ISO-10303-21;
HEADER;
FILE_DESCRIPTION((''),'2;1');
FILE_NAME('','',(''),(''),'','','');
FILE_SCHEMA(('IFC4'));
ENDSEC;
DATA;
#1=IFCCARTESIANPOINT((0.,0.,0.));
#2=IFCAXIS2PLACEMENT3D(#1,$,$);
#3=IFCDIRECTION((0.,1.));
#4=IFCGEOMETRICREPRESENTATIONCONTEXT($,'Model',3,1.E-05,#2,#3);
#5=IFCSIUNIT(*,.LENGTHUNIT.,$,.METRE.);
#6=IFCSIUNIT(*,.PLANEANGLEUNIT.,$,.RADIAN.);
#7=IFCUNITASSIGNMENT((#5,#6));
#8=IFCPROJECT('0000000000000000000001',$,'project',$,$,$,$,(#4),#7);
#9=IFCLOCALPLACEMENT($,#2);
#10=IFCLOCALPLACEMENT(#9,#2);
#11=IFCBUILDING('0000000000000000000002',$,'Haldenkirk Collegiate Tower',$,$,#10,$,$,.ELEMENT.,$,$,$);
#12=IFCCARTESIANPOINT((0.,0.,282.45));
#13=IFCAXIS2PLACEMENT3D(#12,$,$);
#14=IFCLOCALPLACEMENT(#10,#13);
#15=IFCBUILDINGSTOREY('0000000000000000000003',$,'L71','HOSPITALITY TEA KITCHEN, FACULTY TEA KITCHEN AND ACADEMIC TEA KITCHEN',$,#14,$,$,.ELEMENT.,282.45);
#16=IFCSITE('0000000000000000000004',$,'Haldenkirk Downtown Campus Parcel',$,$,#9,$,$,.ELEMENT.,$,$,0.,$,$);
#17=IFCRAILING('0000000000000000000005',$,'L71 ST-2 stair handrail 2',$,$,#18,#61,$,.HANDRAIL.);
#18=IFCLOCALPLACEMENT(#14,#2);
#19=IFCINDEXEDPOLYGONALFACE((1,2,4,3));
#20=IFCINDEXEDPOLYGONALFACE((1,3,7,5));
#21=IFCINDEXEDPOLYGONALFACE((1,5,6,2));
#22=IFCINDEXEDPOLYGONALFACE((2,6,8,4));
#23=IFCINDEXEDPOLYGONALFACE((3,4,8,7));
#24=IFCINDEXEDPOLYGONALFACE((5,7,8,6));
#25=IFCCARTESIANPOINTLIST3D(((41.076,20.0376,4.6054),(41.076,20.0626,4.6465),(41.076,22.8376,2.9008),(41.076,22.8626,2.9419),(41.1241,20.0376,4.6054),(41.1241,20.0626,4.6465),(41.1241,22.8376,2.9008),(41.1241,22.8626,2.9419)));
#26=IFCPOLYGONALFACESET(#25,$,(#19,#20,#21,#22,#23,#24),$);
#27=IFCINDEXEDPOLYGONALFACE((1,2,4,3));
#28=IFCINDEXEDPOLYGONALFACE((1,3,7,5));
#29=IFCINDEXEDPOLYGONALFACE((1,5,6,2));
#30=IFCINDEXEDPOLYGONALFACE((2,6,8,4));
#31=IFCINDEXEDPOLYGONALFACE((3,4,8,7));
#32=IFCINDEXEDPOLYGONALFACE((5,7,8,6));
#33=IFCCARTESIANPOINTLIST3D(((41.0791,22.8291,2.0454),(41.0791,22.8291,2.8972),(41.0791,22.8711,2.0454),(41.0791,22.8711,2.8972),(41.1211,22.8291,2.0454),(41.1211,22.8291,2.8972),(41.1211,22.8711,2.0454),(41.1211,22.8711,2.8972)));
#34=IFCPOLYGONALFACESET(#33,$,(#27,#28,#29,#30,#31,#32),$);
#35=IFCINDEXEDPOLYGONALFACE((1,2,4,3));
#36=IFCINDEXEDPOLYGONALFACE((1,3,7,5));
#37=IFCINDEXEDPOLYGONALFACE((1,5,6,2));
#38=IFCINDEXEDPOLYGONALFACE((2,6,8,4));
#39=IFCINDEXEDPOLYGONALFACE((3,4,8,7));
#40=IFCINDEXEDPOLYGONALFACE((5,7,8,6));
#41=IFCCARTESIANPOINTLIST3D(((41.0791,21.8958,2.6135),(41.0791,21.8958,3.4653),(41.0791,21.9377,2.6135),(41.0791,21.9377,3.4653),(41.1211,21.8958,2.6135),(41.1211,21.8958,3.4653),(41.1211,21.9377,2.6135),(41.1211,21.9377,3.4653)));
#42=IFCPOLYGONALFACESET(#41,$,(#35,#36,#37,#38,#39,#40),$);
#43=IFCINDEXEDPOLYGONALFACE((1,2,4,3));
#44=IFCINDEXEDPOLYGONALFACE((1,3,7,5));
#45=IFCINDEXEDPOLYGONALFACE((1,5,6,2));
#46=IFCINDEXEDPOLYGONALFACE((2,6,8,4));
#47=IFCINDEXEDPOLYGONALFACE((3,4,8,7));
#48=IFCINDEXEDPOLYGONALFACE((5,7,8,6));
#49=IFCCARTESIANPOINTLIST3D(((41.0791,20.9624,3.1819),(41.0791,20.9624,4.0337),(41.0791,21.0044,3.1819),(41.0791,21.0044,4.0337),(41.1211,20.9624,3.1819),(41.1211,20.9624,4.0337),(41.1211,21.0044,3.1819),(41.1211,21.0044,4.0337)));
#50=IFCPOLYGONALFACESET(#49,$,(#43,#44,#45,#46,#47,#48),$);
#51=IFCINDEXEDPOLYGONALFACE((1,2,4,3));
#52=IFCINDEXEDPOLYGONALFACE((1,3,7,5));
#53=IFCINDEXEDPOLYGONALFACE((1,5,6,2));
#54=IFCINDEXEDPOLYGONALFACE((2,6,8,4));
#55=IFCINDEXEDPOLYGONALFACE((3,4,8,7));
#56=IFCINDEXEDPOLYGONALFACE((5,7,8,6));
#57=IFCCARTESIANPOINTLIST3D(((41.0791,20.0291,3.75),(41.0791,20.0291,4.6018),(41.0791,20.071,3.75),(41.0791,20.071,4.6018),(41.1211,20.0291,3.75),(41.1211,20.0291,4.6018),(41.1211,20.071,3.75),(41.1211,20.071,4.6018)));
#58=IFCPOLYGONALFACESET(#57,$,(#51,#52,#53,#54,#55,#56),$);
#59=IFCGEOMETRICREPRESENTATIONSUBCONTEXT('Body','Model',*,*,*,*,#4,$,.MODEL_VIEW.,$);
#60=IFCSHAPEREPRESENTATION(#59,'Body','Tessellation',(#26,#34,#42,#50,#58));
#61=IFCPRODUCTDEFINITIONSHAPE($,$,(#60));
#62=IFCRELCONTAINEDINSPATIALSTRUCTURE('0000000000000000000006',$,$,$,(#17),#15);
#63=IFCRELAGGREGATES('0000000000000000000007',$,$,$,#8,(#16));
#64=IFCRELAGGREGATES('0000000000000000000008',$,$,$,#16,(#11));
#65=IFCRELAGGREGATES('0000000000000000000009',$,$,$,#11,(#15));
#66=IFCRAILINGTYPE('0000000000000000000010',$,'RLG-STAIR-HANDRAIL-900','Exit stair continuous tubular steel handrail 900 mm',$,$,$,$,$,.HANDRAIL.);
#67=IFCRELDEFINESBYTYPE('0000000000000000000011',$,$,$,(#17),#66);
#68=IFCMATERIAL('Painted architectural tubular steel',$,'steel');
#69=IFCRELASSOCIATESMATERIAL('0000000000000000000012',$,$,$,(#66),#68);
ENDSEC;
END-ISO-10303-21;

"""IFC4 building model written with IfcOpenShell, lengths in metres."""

from ifc_helpers import new_model, si_unit, direction, frame, origin, origin_2d, place, context, subcontext, project, spatial, rectangle, extrude, material, type_object, element, save


model = new_model("IFC4")

# Units and contexts
model_context = context("Model", 3, precision=1e-05, world=origin(), true_north=direction((0.0, 1.0)))
body_context = subcontext(model_context, "Body", "Model", "MODEL_VIEW")
ifc_project = project(units=[si_unit("LENGTHUNIT", "METRE"), si_unit("PLANEANGLEUNIT", "RADIAN")], contexts=[model_context])

# Site, building, storey
site_placement = place(None, origin())
site = spatial("IfcSite", under=ifc_project, at=site_placement, Name="Haldenkirk Downtown Campus Parcel", CompositionType="ELEMENT", RefElevation=0.0)
building_placement = place(site_placement, origin())
building = spatial("IfcBuilding", under=site, at=building_placement, Name="Haldenkirk Collegiate Tower", CompositionType="ELEMENT")
storey_placement = place(building_placement, frame((0.0, 0.0, 282.45)))
storey = spatial("IfcBuildingStorey", under=building, at=storey_placement, Name="L71", Description="HOSPITALITY TEA KITCHEN, FACULTY TEA KITCHEN AND ACADEMIC TEA KITCHEN", CompositionType="ELEMENT", Elevation=282.45)

# Railing
ifc_material_1 = material(Name="Painted architectural tubular steel", Category="steel")
railing_type_1 = type_object("IfcRailingType", Name="RLG-STAIR-HANDRAIL-900", Description="Exit stair continuous tubular steel handrail 900 mm", PredefinedType="HANDRAIL", material=ifc_material_1)
railing_1_placement = place(storey_placement, frame((41.1001, 22.8501, 2.0454)))
element("IfcRailing", 1, at=railing_1_placement, inside=storey, type_object=railing_type_1, Name="L71 ST-2 stair handrail 2", PredefinedType="HANDRAIL", context=body_context, shape_type="SweptSolid", body=[
    extrude(rectangle(XDim=0.0481, YDim=0.0481, at=origin_2d()), frame((0.0, 0.0, 0.876), z_axis=(0.0, -0.85417, 0.519994), x_axis=(1.0, 0.0, 0.0)), (0.0, 0.0, 1.0), 3.2781),
    extrude(rectangle(XDim=0.042, YDim=0.042, at=origin_2d()), origin(), (0.0, 0.0, 1.0), 0.8518),
    extrude(rectangle(XDim=0.042, YDim=0.042, at=origin_2d()), frame((0.0, -0.9333, 0.5681)), (0.0, 0.0, 1.0), 0.8518),
    extrude(rectangle(XDim=0.042, YDim=0.042, at=origin_2d()), frame((0.0, -1.8667, 1.1365)), (0.0, 0.0, 1.0), 0.8518),
    extrude(rectangle(XDim=0.042, YDim=0.042, at=origin_2d()), frame((0.0, -2.8, 1.7046)), (0.0, 0.0, 1.0), 0.8518),
])

save(model, "model.ifc")
